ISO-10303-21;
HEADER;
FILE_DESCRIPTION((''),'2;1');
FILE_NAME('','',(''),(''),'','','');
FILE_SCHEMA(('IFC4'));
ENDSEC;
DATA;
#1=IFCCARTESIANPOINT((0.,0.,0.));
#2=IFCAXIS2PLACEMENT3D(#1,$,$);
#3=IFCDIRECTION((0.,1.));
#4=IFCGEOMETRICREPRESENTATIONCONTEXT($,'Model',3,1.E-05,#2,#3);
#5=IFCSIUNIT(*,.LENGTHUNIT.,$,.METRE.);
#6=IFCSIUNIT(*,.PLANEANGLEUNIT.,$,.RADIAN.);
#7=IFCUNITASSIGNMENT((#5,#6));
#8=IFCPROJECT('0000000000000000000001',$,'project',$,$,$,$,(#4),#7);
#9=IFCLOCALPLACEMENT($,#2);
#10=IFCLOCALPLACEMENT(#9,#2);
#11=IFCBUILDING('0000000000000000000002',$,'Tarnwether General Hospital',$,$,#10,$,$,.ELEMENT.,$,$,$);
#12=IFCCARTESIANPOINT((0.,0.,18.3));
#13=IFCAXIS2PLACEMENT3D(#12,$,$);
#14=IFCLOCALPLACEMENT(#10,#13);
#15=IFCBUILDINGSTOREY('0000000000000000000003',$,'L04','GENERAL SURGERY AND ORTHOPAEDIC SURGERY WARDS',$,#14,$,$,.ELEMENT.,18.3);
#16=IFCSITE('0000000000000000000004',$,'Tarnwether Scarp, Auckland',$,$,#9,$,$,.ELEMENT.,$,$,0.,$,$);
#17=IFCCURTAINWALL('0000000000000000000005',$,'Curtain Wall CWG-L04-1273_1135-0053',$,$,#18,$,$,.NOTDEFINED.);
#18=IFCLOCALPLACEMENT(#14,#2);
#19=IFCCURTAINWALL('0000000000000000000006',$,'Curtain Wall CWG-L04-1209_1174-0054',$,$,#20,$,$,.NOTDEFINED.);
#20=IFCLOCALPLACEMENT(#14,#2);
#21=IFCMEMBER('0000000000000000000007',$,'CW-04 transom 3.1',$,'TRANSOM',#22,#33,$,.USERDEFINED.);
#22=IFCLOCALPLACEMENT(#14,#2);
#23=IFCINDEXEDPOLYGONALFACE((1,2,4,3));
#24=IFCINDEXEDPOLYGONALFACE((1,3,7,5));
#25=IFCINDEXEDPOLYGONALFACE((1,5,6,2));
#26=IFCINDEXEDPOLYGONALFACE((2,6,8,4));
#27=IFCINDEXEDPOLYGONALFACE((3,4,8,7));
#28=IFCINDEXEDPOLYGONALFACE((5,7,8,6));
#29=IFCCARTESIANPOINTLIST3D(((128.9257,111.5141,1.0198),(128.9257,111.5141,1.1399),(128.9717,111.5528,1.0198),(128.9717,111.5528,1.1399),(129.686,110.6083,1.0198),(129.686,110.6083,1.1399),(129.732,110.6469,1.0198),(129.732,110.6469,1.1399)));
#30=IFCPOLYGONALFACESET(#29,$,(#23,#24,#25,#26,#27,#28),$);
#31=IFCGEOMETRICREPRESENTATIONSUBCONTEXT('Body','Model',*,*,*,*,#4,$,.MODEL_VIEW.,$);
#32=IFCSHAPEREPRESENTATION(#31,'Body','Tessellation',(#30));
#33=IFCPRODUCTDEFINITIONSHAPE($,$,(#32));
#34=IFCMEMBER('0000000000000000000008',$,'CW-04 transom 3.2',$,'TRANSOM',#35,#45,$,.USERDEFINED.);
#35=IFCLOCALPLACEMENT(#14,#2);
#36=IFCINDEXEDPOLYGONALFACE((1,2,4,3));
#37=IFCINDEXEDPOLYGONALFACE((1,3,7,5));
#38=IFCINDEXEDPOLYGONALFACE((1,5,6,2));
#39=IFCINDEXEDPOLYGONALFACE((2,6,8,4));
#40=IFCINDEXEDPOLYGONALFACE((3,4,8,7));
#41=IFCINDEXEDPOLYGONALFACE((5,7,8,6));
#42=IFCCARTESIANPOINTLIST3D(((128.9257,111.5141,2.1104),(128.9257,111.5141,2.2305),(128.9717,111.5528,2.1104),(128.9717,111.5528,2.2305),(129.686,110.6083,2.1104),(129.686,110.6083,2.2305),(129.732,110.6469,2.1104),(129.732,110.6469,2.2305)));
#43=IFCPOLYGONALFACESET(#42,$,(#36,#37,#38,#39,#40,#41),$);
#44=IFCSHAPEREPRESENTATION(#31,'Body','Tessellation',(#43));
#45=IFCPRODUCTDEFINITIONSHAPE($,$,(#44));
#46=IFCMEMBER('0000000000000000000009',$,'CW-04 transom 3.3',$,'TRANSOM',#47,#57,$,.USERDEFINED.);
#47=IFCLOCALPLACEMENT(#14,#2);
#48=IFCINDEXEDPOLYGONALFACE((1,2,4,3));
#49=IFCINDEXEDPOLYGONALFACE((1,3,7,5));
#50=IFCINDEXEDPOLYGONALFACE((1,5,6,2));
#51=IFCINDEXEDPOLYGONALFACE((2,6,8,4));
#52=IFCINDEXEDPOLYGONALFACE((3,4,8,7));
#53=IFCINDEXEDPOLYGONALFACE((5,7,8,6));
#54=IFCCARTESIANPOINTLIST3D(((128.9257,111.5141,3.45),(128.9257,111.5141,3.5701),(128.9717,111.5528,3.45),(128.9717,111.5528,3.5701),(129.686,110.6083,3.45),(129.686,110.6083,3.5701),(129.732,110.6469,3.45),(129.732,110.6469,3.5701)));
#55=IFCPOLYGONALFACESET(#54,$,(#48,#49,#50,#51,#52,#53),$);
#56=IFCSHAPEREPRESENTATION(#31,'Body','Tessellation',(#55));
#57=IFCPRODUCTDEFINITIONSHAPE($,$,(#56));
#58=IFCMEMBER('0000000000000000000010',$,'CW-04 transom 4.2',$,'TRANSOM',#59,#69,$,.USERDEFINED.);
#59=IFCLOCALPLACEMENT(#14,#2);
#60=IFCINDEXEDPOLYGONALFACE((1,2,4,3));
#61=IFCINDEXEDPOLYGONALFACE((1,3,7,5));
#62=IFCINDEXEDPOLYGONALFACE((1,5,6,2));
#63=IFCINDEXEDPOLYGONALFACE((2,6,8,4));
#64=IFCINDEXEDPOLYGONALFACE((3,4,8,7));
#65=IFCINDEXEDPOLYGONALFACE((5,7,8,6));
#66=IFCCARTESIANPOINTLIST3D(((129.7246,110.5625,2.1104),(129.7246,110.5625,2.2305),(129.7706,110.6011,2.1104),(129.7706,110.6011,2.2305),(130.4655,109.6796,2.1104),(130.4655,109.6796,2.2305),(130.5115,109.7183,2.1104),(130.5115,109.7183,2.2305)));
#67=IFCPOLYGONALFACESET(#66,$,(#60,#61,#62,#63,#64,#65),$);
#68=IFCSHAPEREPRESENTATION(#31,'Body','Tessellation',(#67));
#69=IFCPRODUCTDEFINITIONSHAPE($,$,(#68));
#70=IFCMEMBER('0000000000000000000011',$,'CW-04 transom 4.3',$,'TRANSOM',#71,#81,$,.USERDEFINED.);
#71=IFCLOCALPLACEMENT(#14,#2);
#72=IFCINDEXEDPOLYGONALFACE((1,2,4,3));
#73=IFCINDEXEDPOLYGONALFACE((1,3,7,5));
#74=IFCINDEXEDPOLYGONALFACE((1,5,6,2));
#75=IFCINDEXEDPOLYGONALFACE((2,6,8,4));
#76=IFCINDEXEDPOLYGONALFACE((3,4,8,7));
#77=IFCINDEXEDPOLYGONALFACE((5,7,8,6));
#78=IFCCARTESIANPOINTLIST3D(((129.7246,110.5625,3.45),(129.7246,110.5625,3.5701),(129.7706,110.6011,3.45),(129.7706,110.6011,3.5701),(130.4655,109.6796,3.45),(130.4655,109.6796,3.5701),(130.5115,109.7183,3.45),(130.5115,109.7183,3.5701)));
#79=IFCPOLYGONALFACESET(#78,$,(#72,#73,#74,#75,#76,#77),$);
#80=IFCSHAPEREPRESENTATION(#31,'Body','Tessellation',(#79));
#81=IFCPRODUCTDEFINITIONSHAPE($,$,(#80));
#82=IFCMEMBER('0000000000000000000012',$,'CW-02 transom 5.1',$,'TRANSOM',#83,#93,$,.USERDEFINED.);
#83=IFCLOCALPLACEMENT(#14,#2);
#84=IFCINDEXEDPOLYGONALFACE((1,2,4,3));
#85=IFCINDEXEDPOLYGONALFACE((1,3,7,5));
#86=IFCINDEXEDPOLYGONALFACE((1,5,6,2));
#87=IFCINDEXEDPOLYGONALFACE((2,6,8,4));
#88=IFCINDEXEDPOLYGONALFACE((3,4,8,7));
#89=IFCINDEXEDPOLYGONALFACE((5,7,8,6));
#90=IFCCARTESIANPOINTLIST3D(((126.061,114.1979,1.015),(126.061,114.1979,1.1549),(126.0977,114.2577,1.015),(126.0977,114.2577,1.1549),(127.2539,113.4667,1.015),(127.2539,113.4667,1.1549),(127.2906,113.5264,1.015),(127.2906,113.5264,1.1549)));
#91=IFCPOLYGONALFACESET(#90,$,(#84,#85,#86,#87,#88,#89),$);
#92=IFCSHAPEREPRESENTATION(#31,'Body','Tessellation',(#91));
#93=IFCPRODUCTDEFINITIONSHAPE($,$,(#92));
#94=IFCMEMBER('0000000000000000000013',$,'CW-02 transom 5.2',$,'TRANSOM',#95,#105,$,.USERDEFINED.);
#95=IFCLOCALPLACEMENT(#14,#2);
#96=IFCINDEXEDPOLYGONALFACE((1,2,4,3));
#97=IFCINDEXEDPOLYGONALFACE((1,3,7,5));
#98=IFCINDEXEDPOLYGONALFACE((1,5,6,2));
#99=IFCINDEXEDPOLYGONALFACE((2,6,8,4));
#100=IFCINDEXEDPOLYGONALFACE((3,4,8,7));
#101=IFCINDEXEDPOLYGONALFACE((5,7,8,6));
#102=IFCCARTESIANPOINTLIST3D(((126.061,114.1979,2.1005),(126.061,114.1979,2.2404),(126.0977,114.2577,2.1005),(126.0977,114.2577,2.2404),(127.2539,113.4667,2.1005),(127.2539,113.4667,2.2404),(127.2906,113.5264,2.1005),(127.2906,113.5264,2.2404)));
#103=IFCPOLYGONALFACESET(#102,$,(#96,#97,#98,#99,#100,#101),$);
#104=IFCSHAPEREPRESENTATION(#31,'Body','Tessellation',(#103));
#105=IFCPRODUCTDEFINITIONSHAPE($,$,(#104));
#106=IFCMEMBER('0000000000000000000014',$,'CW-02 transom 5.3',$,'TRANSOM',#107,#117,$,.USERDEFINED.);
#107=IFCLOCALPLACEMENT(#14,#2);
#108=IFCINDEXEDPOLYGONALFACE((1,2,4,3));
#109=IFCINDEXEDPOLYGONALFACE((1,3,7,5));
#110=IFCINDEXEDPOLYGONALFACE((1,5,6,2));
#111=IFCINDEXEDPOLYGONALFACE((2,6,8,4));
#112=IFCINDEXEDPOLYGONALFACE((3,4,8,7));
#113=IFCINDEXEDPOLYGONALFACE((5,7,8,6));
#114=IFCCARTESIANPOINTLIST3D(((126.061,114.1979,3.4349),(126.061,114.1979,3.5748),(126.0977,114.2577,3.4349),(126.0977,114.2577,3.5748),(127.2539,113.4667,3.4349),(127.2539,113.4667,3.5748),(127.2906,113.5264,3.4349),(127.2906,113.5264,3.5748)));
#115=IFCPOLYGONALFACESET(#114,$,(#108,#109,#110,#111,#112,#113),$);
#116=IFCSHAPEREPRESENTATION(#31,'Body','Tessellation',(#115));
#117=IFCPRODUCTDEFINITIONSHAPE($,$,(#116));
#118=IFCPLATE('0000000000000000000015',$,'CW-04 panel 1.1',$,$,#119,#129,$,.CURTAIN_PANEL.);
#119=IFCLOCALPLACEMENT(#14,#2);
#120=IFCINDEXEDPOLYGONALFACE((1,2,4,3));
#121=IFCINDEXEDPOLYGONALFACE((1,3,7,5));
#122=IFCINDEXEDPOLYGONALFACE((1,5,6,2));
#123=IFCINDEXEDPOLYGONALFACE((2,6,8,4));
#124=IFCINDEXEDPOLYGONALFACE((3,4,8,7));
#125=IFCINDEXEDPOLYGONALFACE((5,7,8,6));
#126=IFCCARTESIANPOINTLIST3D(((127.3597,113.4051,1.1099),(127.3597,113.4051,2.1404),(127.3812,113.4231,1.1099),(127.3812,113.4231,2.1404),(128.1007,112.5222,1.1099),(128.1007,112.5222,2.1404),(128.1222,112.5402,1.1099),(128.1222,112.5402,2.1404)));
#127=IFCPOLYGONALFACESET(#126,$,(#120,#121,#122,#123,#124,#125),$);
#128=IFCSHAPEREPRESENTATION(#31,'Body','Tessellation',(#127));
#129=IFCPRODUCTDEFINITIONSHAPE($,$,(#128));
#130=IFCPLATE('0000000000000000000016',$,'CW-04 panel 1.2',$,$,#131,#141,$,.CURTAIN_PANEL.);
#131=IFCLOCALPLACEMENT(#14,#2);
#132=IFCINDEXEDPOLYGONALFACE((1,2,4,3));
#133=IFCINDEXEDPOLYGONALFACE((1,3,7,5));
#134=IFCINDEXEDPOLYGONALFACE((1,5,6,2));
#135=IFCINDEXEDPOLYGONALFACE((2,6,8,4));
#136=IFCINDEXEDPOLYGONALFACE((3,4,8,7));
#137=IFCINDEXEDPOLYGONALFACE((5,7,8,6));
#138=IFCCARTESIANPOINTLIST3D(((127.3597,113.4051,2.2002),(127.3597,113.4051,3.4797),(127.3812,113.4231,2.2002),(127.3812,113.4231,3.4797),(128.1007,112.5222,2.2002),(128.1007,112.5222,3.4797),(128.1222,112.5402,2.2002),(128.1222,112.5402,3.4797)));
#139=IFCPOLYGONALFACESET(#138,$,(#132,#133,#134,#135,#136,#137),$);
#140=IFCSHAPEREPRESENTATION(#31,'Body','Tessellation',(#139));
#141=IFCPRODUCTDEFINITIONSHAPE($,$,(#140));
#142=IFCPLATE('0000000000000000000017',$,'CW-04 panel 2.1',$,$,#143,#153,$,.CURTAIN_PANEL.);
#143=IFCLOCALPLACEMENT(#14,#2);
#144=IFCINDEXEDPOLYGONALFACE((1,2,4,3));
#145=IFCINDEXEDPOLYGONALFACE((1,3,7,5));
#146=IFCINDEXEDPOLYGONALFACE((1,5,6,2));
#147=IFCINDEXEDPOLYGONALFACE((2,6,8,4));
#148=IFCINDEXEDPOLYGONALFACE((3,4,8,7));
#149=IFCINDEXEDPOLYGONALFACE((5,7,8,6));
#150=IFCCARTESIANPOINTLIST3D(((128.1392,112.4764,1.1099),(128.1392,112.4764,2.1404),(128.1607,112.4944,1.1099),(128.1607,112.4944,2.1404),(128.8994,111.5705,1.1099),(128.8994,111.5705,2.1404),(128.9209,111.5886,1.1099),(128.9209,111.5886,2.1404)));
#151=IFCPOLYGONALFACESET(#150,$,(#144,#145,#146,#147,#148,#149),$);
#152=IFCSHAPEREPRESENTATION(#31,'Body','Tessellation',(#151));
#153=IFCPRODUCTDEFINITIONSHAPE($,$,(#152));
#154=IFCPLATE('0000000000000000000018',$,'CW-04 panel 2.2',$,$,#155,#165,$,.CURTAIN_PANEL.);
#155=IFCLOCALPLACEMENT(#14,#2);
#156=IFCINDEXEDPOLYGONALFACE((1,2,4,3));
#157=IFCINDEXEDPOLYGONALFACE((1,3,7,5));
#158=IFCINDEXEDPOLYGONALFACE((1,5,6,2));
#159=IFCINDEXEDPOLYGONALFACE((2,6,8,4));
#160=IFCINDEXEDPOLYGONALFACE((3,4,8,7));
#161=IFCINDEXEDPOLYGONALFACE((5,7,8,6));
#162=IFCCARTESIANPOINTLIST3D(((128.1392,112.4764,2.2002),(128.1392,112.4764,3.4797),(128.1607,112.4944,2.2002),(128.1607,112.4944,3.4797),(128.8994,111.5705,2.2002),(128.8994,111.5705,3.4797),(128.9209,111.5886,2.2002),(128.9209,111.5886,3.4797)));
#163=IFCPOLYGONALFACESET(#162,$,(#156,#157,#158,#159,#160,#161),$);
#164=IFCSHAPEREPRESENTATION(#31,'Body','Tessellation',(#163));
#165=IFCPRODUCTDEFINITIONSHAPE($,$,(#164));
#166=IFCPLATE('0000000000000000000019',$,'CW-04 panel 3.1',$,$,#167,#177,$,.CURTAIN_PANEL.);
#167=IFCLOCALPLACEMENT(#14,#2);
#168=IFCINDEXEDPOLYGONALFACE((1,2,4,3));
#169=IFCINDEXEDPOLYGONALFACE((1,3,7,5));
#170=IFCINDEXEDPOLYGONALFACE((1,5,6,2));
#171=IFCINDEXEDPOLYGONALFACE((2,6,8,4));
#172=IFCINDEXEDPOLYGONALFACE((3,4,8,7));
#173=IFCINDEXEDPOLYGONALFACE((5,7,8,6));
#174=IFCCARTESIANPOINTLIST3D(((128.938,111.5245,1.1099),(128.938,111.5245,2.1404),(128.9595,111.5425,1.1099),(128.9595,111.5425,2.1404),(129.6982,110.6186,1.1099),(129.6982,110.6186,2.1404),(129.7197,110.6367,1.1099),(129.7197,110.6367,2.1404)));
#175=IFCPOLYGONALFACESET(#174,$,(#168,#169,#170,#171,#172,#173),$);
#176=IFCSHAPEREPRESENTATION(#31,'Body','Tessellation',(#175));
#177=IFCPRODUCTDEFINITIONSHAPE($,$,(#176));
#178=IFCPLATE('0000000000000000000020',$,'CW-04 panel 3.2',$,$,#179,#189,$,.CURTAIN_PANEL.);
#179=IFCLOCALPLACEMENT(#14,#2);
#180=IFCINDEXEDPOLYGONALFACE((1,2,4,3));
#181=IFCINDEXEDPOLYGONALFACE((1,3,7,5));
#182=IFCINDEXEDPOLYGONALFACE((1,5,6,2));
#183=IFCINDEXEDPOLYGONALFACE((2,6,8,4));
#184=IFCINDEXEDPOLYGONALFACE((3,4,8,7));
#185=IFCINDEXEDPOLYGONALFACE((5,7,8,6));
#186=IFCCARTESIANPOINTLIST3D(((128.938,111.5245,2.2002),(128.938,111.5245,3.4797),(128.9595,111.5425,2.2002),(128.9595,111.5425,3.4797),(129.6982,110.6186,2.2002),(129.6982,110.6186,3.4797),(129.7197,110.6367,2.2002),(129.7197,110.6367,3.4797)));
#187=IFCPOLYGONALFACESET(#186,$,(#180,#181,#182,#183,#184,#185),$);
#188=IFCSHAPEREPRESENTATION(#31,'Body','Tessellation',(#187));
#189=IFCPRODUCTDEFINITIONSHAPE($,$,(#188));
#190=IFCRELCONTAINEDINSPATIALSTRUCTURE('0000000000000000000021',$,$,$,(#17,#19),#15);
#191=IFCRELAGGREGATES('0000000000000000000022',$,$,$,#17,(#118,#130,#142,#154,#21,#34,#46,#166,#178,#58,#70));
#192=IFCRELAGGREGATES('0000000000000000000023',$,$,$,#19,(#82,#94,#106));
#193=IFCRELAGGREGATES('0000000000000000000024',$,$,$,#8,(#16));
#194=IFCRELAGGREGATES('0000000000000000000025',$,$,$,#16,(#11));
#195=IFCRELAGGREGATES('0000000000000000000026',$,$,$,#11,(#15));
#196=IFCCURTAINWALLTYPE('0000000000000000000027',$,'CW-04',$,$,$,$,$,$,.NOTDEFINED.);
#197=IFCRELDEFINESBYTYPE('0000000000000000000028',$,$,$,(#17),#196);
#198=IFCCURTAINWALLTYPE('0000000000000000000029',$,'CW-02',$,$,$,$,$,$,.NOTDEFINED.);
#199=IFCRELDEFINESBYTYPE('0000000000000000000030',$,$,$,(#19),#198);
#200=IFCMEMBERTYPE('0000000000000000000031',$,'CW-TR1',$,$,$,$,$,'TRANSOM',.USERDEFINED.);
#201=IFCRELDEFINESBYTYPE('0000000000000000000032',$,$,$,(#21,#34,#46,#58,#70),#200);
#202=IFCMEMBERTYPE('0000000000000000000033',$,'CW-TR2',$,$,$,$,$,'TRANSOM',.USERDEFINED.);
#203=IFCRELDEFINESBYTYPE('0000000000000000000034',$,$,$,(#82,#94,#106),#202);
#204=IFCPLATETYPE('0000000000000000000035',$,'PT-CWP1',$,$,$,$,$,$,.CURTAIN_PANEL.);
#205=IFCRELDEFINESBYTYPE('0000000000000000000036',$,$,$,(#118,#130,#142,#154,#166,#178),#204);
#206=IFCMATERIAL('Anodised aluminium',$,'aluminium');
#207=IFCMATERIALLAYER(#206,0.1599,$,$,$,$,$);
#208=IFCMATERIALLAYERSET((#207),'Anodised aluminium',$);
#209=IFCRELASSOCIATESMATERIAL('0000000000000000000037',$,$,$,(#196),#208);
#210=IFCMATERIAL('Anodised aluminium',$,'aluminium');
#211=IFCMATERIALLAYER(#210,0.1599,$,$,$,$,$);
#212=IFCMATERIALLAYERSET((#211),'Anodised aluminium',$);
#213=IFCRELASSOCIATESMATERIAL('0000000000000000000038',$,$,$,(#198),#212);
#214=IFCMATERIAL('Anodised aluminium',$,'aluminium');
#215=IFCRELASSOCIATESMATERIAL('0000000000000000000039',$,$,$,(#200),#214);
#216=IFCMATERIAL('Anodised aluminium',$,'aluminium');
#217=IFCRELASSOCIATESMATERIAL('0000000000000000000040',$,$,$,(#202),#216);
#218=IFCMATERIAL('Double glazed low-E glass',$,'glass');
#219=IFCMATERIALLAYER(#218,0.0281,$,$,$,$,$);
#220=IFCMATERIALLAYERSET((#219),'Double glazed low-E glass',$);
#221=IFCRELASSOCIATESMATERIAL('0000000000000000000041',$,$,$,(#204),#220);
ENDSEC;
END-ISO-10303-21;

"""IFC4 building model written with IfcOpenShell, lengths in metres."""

from ifc_helpers import new_model, si_unit, direction, frame, origin, origin_2d, place, context, subcontext, project, spatial, rectangle, extrude, material, layer, layer_set, material_profile, profile_set, type_object, element, aggregate, save


model = new_model("IFC4")

# Units and contexts
model_context = context("Model", 3, precision=1e-05, world=origin(), true_north=direction((0.0, 1.0)))
body_context = subcontext(model_context, "Body", "Model", "MODEL_VIEW")
ifc_project = project(units=[si_unit("LENGTHUNIT", "METRE"), si_unit("PLANEANGLEUNIT", "RADIAN")], contexts=[model_context])

# Site, building, storey
site_placement = place(None, origin())
site = spatial("IfcSite", under=ifc_project, at=site_placement, Name="Tarnwether Scarp, Auckland", CompositionType="ELEMENT", RefElevation=0.0)
building_placement = place(site_placement, origin())
building = spatial("IfcBuilding", under=site, at=building_placement, Name="Tarnwether General Hospital", CompositionType="ELEMENT")
storey_placement = place(building_placement, frame((0.0, 0.0, 18.3)))
storey = spatial("IfcBuildingStorey", under=building, at=storey_placement, Name="L04", Description="GENERAL SURGERY AND ORTHOPAEDIC SURGERY WARDS", CompositionType="ELEMENT", Elevation=18.3)

# Curtain walls
ifc_material_1 = material(Name="Anodised aluminium", Category="aluminium")
ifc_layer_1 = layer(ifc_material_1, 0.1599)
ifc_layer_set_1 = layer_set([ifc_layer_1], Name="Anodised aluminium")
curtain_wall_type_1 = type_object("IfcCurtainWallType", Name="CW-04", PredefinedType="NOTDEFINED", material=ifc_layer_set_1)
curtain_wall_1_placement = place(storey_placement, origin())
curtain_wall_1 = element("IfcCurtainWall", 1, at=curtain_wall_1_placement, inside=storey, type_object=curtain_wall_type_1, Name="Curtain Wall CWG-L04-1273_1135-0053", PredefinedType="NOTDEFINED")
ifc_material_2 = material(Name="Anodised aluminium", Category="aluminium")
ifc_layer_2 = layer(ifc_material_2, 0.1599)
ifc_layer_set_2 = layer_set([ifc_layer_2], Name="Anodised aluminium")
curtain_wall_type_2 = type_object("IfcCurtainWallType", Name="CW-02", PredefinedType="NOTDEFINED", material=ifc_layer_set_2)
curtain_wall_2_placement = place(storey_placement, origin())
curtain_wall_2 = element("IfcCurtainWall", 2, at=curtain_wall_2_placement, inside=storey, type_object=curtain_wall_type_2, Name="Curtain Wall CWG-L04-1209_1174-0054", PredefinedType="NOTDEFINED")

# Members
ifc_material_3 = material(Name="Anodised aluminium", Category="aluminium")
ifc_material_profile_1 = material_profile(ifc_material_3, rectangle(XDim=0.0601, YDim=0.1201, at=origin_2d()), Name="ALU-TRN-60x120")
ifc_profile_set_1 = profile_set([ifc_material_profile_1], Name="Anodised aluminium")
member_type_1 = type_object("IfcMemberType", Name="CW-TR1", ElementType="TRANSOM", PredefinedType="USERDEFINED", material=ifc_profile_set_1)
member_1_placement = place(storey_placement, frame((128.9487, 111.5334, 1.0798), z_axis=(0.642902, -0.765949, 0.0), x_axis=(0.765949, 0.642902, 0.0)))
member_1 = element("IfcMember", 3, at=member_1_placement, type_object=member_type_1, Name="CW-04 transom 3.1", ObjectType="TRANSOM", PredefinedType="USERDEFINED", context=body_context, shape_type="SweptSolid", body=[
    extrude(rectangle(XDim=0.0601, YDim=0.1201, at=origin_2d()), origin(), (0.0, 0.0, 1.0), 1.1826),
])
member_2_placement = place(storey_placement, frame((128.9487, 111.5334, 2.1704), z_axis=(0.642902, -0.765949, 0.0), x_axis=(0.765949, 0.642902, 0.0)))
member_2 = element("IfcMember", 4, at=member_2_placement, type_object=member_type_1, Name="CW-04 transom 3.2", ObjectType="TRANSOM", PredefinedType="USERDEFINED", context=body_context, shape_type="SweptSolid", body=[
    extrude(rectangle(XDim=0.0601, YDim=0.1201, at=origin_2d()), origin(), (0.0, 0.0, 1.0), 1.1826),
])
member_3_placement = place(storey_placement, frame((128.9487, 111.5334, 3.51), z_axis=(0.642902, -0.765949, 0.0), x_axis=(0.765949, 0.642902, 0.0)))
member_3 = element("IfcMember", 5, at=member_3_placement, type_object=member_type_1, Name="CW-04 transom 3.3", ObjectType="TRANSOM", PredefinedType="USERDEFINED", context=body_context, shape_type="SweptSolid", body=[
    extrude(rectangle(XDim=0.0601, YDim=0.1201, at=origin_2d()), origin(), (0.0, 0.0, 1.0), 1.1826),
])
member_4_placement = place(storey_placement, frame((129.7476, 110.5818, 2.1704), z_axis=(0.642889, -0.765959, 0.0), x_axis=(0.765959, 0.642889, 0.0)))
member_4 = element("IfcMember", 6, at=member_4_placement, type_object=member_type_1, Name="CW-04 transom 4.2", ObjectType="TRANSOM", PredefinedType="USERDEFINED", context=body_context, shape_type="SweptSolid", body=[
    extrude(rectangle(XDim=0.0601, YDim=0.1201, at=origin_2d()), origin(), (0.0, 0.0, 1.0), 1.1526),
])
member_5_placement = place(storey_placement, frame((129.7476, 110.5818, 3.51), z_axis=(0.642889, -0.765959, 0.0), x_axis=(0.765959, 0.642889, 0.0)))
member_5 = element("IfcMember", 7, at=member_5_placement, type_object=member_type_1, Name="CW-04 transom 4.3", ObjectType="TRANSOM", PredefinedType="USERDEFINED", context=body_context, shape_type="SweptSolid", body=[
    extrude(rectangle(XDim=0.0601, YDim=0.1201, at=origin_2d()), origin(), (0.0, 0.0, 1.0), 1.1526),
])
ifc_material_4 = material(Name="Anodised aluminium", Category="aluminium")
ifc_material_profile_2 = material_profile(ifc_material_4, rectangle(XDim=0.0701, YDim=0.1399, at=origin_2d()), Name="ALU-TRN-70x140")
ifc_profile_set_2 = profile_set([ifc_material_profile_2], Name="Anodised aluminium")
member_type_2 = type_object("IfcMemberType", Name="CW-TR2", ElementType="TRANSOM", PredefinedType="USERDEFINED", material=ifc_profile_set_2)
member_6_placement = place(storey_placement, frame((126.0793, 114.2278, 1.085), z_axis=(0.852574, -0.522607, 0.0), x_axis=(0.522607, 0.852574, 0.0)))
member_6 = element("IfcMember", 8, at=member_6_placement, type_object=member_type_2, Name="CW-02 transom 5.1", ObjectType="TRANSOM", PredefinedType="USERDEFINED", context=body_context, shape_type="SweptSolid", body=[
    extrude(rectangle(XDim=0.0701, YDim=0.1399, at=origin_2d()), origin(), (0.0, 0.0, 1.0), 1.3992),
])
member_7_placement = place(storey_placement, frame((126.0793, 114.2278, 2.1704), z_axis=(0.852574, -0.522607, 0.0), x_axis=(0.522607, 0.852574, 0.0)))
member_7 = element("IfcMember", 9, at=member_7_placement, type_object=member_type_2, Name="CW-02 transom 5.2", ObjectType="TRANSOM", PredefinedType="USERDEFINED", context=body_context, shape_type="SweptSolid", body=[
    extrude(rectangle(XDim=0.0701, YDim=0.1399, at=origin_2d()), origin(), (0.0, 0.0, 1.0), 1.3992),
])
member_8_placement = place(storey_placement, frame((126.0793, 114.2278, 3.5049), z_axis=(0.852574, -0.522607, 0.0), x_axis=(0.522607, 0.852574, 0.0)))
member_8 = element("IfcMember", 10, at=member_8_placement, type_object=member_type_2, Name="CW-02 transom 5.3", ObjectType="TRANSOM", PredefinedType="USERDEFINED", context=body_context, shape_type="SweptSolid", body=[
    extrude(rectangle(XDim=0.0701, YDim=0.1399, at=origin_2d()), origin(), (0.0, 0.0, 1.0), 1.3992),
])

# Plates
ifc_material_5 = material(Name="Double glazed low-E glass", Category="glass")
ifc_layer_3 = layer(ifc_material_5, 0.0281)
ifc_layer_set_3 = layer_set([ifc_layer_3], Name="Double glazed low-E glass")
plate_type_1 = type_object("IfcPlateType", Name="PT-CWP1", PredefinedType="CURTAIN_PANEL", material=ifc_layer_set_3)
plate_1_placement = place(storey_placement, frame((127.741, 112.9727, 1.1099), z_axis=(0.0, 0.0, 1.0), x_axis=(0.642852, -0.76599, 0.0)))
plate_1 = element("IfcPlate", 11, at=plate_1_placement, type_object=plate_type_1, Name="CW-04 panel 1.1", PredefinedType="CURTAIN_PANEL", context=body_context, shape_type="SweptSolid", body=[
    extrude(rectangle(XDim=1.1526, YDim=0.0281, at=origin_2d()), origin(), (0.0, 0.0, 1.0), 1.0305),
])
plate_2_placement = place(storey_placement, frame((127.741, 112.9727, 2.2002), z_axis=(0.0, 0.0, 1.0), x_axis=(0.642852, -0.76599, 0.0)))
plate_2 = element("IfcPlate", 12, at=plate_2_placement, type_object=plate_type_1, Name="CW-04 panel 1.2", PredefinedType="CURTAIN_PANEL", context=body_context, shape_type="SweptSolid", body=[
    extrude(rectangle(XDim=1.1526, YDim=0.0281, at=origin_2d()), origin(), (0.0, 0.0, 1.0), 1.2795),
])
plate_3_placement = place(storey_placement, frame((128.53, 112.0325, 1.1099), z_axis=(0.0, 0.0, 1.0), x_axis=(0.642852, -0.76599, 0.0)))
plate_3 = element("IfcPlate", 13, at=plate_3_placement, type_object=plate_type_1, Name="CW-04 panel 2.1", PredefinedType="CURTAIN_PANEL", context=body_context, shape_type="SweptSolid", body=[
    extrude(rectangle(XDim=1.1826, YDim=0.0281, at=origin_2d()), origin(), (0.0, 0.0, 1.0), 1.0305),
])
plate_4_placement = place(storey_placement, frame((128.53, 112.0325, 2.2002), z_axis=(0.0, 0.0, 1.0), x_axis=(0.642852, -0.76599, 0.0)))
plate_4 = element("IfcPlate", 14, at=plate_4_placement, type_object=plate_type_1, Name="CW-04 panel 2.2", PredefinedType="CURTAIN_PANEL", context=body_context, shape_type="SweptSolid", body=[
    extrude(rectangle(XDim=1.1826, YDim=0.0281, at=origin_2d()), origin(), (0.0, 0.0, 1.0), 1.2795),
])
plate_5_placement = place(storey_placement, frame((129.3289, 111.0806, 1.1099), z_axis=(0.0, 0.0, 1.0), x_axis=(0.642852, -0.76599, 0.0)))
plate_5 = element("IfcPlate", 15, at=plate_5_placement, type_object=plate_type_1, Name="CW-04 panel 3.1", PredefinedType="CURTAIN_PANEL", context=body_context, shape_type="SweptSolid", body=[
    extrude(rectangle(XDim=1.1826, YDim=0.0281, at=origin_2d()), origin(), (0.0, 0.0, 1.0), 1.0305),
])
plate_6_placement = place(storey_placement, frame((129.3289, 111.0806, 2.2002), z_axis=(0.0, 0.0, 1.0), x_axis=(0.642852, -0.76599, 0.0)))
plate_6 = element("IfcPlate", 16, at=plate_6_placement, type_object=plate_type_1, Name="CW-04 panel 3.2", PredefinedType="CURTAIN_PANEL", context=body_context, shape_type="SweptSolid", body=[
    extrude(rectangle(XDim=1.1826, YDim=0.0281, at=origin_2d()), origin(), (0.0, 0.0, 1.0), 1.2795),
])
aggregate(curtain_wall_1, [plate_1, plate_2, plate_3, plate_4, member_1, member_2, member_3, plate_5, plate_6, member_4, member_5])
aggregate(curtain_wall_2, [member_6, member_7, member_8])

save(model, "model.ifc")
